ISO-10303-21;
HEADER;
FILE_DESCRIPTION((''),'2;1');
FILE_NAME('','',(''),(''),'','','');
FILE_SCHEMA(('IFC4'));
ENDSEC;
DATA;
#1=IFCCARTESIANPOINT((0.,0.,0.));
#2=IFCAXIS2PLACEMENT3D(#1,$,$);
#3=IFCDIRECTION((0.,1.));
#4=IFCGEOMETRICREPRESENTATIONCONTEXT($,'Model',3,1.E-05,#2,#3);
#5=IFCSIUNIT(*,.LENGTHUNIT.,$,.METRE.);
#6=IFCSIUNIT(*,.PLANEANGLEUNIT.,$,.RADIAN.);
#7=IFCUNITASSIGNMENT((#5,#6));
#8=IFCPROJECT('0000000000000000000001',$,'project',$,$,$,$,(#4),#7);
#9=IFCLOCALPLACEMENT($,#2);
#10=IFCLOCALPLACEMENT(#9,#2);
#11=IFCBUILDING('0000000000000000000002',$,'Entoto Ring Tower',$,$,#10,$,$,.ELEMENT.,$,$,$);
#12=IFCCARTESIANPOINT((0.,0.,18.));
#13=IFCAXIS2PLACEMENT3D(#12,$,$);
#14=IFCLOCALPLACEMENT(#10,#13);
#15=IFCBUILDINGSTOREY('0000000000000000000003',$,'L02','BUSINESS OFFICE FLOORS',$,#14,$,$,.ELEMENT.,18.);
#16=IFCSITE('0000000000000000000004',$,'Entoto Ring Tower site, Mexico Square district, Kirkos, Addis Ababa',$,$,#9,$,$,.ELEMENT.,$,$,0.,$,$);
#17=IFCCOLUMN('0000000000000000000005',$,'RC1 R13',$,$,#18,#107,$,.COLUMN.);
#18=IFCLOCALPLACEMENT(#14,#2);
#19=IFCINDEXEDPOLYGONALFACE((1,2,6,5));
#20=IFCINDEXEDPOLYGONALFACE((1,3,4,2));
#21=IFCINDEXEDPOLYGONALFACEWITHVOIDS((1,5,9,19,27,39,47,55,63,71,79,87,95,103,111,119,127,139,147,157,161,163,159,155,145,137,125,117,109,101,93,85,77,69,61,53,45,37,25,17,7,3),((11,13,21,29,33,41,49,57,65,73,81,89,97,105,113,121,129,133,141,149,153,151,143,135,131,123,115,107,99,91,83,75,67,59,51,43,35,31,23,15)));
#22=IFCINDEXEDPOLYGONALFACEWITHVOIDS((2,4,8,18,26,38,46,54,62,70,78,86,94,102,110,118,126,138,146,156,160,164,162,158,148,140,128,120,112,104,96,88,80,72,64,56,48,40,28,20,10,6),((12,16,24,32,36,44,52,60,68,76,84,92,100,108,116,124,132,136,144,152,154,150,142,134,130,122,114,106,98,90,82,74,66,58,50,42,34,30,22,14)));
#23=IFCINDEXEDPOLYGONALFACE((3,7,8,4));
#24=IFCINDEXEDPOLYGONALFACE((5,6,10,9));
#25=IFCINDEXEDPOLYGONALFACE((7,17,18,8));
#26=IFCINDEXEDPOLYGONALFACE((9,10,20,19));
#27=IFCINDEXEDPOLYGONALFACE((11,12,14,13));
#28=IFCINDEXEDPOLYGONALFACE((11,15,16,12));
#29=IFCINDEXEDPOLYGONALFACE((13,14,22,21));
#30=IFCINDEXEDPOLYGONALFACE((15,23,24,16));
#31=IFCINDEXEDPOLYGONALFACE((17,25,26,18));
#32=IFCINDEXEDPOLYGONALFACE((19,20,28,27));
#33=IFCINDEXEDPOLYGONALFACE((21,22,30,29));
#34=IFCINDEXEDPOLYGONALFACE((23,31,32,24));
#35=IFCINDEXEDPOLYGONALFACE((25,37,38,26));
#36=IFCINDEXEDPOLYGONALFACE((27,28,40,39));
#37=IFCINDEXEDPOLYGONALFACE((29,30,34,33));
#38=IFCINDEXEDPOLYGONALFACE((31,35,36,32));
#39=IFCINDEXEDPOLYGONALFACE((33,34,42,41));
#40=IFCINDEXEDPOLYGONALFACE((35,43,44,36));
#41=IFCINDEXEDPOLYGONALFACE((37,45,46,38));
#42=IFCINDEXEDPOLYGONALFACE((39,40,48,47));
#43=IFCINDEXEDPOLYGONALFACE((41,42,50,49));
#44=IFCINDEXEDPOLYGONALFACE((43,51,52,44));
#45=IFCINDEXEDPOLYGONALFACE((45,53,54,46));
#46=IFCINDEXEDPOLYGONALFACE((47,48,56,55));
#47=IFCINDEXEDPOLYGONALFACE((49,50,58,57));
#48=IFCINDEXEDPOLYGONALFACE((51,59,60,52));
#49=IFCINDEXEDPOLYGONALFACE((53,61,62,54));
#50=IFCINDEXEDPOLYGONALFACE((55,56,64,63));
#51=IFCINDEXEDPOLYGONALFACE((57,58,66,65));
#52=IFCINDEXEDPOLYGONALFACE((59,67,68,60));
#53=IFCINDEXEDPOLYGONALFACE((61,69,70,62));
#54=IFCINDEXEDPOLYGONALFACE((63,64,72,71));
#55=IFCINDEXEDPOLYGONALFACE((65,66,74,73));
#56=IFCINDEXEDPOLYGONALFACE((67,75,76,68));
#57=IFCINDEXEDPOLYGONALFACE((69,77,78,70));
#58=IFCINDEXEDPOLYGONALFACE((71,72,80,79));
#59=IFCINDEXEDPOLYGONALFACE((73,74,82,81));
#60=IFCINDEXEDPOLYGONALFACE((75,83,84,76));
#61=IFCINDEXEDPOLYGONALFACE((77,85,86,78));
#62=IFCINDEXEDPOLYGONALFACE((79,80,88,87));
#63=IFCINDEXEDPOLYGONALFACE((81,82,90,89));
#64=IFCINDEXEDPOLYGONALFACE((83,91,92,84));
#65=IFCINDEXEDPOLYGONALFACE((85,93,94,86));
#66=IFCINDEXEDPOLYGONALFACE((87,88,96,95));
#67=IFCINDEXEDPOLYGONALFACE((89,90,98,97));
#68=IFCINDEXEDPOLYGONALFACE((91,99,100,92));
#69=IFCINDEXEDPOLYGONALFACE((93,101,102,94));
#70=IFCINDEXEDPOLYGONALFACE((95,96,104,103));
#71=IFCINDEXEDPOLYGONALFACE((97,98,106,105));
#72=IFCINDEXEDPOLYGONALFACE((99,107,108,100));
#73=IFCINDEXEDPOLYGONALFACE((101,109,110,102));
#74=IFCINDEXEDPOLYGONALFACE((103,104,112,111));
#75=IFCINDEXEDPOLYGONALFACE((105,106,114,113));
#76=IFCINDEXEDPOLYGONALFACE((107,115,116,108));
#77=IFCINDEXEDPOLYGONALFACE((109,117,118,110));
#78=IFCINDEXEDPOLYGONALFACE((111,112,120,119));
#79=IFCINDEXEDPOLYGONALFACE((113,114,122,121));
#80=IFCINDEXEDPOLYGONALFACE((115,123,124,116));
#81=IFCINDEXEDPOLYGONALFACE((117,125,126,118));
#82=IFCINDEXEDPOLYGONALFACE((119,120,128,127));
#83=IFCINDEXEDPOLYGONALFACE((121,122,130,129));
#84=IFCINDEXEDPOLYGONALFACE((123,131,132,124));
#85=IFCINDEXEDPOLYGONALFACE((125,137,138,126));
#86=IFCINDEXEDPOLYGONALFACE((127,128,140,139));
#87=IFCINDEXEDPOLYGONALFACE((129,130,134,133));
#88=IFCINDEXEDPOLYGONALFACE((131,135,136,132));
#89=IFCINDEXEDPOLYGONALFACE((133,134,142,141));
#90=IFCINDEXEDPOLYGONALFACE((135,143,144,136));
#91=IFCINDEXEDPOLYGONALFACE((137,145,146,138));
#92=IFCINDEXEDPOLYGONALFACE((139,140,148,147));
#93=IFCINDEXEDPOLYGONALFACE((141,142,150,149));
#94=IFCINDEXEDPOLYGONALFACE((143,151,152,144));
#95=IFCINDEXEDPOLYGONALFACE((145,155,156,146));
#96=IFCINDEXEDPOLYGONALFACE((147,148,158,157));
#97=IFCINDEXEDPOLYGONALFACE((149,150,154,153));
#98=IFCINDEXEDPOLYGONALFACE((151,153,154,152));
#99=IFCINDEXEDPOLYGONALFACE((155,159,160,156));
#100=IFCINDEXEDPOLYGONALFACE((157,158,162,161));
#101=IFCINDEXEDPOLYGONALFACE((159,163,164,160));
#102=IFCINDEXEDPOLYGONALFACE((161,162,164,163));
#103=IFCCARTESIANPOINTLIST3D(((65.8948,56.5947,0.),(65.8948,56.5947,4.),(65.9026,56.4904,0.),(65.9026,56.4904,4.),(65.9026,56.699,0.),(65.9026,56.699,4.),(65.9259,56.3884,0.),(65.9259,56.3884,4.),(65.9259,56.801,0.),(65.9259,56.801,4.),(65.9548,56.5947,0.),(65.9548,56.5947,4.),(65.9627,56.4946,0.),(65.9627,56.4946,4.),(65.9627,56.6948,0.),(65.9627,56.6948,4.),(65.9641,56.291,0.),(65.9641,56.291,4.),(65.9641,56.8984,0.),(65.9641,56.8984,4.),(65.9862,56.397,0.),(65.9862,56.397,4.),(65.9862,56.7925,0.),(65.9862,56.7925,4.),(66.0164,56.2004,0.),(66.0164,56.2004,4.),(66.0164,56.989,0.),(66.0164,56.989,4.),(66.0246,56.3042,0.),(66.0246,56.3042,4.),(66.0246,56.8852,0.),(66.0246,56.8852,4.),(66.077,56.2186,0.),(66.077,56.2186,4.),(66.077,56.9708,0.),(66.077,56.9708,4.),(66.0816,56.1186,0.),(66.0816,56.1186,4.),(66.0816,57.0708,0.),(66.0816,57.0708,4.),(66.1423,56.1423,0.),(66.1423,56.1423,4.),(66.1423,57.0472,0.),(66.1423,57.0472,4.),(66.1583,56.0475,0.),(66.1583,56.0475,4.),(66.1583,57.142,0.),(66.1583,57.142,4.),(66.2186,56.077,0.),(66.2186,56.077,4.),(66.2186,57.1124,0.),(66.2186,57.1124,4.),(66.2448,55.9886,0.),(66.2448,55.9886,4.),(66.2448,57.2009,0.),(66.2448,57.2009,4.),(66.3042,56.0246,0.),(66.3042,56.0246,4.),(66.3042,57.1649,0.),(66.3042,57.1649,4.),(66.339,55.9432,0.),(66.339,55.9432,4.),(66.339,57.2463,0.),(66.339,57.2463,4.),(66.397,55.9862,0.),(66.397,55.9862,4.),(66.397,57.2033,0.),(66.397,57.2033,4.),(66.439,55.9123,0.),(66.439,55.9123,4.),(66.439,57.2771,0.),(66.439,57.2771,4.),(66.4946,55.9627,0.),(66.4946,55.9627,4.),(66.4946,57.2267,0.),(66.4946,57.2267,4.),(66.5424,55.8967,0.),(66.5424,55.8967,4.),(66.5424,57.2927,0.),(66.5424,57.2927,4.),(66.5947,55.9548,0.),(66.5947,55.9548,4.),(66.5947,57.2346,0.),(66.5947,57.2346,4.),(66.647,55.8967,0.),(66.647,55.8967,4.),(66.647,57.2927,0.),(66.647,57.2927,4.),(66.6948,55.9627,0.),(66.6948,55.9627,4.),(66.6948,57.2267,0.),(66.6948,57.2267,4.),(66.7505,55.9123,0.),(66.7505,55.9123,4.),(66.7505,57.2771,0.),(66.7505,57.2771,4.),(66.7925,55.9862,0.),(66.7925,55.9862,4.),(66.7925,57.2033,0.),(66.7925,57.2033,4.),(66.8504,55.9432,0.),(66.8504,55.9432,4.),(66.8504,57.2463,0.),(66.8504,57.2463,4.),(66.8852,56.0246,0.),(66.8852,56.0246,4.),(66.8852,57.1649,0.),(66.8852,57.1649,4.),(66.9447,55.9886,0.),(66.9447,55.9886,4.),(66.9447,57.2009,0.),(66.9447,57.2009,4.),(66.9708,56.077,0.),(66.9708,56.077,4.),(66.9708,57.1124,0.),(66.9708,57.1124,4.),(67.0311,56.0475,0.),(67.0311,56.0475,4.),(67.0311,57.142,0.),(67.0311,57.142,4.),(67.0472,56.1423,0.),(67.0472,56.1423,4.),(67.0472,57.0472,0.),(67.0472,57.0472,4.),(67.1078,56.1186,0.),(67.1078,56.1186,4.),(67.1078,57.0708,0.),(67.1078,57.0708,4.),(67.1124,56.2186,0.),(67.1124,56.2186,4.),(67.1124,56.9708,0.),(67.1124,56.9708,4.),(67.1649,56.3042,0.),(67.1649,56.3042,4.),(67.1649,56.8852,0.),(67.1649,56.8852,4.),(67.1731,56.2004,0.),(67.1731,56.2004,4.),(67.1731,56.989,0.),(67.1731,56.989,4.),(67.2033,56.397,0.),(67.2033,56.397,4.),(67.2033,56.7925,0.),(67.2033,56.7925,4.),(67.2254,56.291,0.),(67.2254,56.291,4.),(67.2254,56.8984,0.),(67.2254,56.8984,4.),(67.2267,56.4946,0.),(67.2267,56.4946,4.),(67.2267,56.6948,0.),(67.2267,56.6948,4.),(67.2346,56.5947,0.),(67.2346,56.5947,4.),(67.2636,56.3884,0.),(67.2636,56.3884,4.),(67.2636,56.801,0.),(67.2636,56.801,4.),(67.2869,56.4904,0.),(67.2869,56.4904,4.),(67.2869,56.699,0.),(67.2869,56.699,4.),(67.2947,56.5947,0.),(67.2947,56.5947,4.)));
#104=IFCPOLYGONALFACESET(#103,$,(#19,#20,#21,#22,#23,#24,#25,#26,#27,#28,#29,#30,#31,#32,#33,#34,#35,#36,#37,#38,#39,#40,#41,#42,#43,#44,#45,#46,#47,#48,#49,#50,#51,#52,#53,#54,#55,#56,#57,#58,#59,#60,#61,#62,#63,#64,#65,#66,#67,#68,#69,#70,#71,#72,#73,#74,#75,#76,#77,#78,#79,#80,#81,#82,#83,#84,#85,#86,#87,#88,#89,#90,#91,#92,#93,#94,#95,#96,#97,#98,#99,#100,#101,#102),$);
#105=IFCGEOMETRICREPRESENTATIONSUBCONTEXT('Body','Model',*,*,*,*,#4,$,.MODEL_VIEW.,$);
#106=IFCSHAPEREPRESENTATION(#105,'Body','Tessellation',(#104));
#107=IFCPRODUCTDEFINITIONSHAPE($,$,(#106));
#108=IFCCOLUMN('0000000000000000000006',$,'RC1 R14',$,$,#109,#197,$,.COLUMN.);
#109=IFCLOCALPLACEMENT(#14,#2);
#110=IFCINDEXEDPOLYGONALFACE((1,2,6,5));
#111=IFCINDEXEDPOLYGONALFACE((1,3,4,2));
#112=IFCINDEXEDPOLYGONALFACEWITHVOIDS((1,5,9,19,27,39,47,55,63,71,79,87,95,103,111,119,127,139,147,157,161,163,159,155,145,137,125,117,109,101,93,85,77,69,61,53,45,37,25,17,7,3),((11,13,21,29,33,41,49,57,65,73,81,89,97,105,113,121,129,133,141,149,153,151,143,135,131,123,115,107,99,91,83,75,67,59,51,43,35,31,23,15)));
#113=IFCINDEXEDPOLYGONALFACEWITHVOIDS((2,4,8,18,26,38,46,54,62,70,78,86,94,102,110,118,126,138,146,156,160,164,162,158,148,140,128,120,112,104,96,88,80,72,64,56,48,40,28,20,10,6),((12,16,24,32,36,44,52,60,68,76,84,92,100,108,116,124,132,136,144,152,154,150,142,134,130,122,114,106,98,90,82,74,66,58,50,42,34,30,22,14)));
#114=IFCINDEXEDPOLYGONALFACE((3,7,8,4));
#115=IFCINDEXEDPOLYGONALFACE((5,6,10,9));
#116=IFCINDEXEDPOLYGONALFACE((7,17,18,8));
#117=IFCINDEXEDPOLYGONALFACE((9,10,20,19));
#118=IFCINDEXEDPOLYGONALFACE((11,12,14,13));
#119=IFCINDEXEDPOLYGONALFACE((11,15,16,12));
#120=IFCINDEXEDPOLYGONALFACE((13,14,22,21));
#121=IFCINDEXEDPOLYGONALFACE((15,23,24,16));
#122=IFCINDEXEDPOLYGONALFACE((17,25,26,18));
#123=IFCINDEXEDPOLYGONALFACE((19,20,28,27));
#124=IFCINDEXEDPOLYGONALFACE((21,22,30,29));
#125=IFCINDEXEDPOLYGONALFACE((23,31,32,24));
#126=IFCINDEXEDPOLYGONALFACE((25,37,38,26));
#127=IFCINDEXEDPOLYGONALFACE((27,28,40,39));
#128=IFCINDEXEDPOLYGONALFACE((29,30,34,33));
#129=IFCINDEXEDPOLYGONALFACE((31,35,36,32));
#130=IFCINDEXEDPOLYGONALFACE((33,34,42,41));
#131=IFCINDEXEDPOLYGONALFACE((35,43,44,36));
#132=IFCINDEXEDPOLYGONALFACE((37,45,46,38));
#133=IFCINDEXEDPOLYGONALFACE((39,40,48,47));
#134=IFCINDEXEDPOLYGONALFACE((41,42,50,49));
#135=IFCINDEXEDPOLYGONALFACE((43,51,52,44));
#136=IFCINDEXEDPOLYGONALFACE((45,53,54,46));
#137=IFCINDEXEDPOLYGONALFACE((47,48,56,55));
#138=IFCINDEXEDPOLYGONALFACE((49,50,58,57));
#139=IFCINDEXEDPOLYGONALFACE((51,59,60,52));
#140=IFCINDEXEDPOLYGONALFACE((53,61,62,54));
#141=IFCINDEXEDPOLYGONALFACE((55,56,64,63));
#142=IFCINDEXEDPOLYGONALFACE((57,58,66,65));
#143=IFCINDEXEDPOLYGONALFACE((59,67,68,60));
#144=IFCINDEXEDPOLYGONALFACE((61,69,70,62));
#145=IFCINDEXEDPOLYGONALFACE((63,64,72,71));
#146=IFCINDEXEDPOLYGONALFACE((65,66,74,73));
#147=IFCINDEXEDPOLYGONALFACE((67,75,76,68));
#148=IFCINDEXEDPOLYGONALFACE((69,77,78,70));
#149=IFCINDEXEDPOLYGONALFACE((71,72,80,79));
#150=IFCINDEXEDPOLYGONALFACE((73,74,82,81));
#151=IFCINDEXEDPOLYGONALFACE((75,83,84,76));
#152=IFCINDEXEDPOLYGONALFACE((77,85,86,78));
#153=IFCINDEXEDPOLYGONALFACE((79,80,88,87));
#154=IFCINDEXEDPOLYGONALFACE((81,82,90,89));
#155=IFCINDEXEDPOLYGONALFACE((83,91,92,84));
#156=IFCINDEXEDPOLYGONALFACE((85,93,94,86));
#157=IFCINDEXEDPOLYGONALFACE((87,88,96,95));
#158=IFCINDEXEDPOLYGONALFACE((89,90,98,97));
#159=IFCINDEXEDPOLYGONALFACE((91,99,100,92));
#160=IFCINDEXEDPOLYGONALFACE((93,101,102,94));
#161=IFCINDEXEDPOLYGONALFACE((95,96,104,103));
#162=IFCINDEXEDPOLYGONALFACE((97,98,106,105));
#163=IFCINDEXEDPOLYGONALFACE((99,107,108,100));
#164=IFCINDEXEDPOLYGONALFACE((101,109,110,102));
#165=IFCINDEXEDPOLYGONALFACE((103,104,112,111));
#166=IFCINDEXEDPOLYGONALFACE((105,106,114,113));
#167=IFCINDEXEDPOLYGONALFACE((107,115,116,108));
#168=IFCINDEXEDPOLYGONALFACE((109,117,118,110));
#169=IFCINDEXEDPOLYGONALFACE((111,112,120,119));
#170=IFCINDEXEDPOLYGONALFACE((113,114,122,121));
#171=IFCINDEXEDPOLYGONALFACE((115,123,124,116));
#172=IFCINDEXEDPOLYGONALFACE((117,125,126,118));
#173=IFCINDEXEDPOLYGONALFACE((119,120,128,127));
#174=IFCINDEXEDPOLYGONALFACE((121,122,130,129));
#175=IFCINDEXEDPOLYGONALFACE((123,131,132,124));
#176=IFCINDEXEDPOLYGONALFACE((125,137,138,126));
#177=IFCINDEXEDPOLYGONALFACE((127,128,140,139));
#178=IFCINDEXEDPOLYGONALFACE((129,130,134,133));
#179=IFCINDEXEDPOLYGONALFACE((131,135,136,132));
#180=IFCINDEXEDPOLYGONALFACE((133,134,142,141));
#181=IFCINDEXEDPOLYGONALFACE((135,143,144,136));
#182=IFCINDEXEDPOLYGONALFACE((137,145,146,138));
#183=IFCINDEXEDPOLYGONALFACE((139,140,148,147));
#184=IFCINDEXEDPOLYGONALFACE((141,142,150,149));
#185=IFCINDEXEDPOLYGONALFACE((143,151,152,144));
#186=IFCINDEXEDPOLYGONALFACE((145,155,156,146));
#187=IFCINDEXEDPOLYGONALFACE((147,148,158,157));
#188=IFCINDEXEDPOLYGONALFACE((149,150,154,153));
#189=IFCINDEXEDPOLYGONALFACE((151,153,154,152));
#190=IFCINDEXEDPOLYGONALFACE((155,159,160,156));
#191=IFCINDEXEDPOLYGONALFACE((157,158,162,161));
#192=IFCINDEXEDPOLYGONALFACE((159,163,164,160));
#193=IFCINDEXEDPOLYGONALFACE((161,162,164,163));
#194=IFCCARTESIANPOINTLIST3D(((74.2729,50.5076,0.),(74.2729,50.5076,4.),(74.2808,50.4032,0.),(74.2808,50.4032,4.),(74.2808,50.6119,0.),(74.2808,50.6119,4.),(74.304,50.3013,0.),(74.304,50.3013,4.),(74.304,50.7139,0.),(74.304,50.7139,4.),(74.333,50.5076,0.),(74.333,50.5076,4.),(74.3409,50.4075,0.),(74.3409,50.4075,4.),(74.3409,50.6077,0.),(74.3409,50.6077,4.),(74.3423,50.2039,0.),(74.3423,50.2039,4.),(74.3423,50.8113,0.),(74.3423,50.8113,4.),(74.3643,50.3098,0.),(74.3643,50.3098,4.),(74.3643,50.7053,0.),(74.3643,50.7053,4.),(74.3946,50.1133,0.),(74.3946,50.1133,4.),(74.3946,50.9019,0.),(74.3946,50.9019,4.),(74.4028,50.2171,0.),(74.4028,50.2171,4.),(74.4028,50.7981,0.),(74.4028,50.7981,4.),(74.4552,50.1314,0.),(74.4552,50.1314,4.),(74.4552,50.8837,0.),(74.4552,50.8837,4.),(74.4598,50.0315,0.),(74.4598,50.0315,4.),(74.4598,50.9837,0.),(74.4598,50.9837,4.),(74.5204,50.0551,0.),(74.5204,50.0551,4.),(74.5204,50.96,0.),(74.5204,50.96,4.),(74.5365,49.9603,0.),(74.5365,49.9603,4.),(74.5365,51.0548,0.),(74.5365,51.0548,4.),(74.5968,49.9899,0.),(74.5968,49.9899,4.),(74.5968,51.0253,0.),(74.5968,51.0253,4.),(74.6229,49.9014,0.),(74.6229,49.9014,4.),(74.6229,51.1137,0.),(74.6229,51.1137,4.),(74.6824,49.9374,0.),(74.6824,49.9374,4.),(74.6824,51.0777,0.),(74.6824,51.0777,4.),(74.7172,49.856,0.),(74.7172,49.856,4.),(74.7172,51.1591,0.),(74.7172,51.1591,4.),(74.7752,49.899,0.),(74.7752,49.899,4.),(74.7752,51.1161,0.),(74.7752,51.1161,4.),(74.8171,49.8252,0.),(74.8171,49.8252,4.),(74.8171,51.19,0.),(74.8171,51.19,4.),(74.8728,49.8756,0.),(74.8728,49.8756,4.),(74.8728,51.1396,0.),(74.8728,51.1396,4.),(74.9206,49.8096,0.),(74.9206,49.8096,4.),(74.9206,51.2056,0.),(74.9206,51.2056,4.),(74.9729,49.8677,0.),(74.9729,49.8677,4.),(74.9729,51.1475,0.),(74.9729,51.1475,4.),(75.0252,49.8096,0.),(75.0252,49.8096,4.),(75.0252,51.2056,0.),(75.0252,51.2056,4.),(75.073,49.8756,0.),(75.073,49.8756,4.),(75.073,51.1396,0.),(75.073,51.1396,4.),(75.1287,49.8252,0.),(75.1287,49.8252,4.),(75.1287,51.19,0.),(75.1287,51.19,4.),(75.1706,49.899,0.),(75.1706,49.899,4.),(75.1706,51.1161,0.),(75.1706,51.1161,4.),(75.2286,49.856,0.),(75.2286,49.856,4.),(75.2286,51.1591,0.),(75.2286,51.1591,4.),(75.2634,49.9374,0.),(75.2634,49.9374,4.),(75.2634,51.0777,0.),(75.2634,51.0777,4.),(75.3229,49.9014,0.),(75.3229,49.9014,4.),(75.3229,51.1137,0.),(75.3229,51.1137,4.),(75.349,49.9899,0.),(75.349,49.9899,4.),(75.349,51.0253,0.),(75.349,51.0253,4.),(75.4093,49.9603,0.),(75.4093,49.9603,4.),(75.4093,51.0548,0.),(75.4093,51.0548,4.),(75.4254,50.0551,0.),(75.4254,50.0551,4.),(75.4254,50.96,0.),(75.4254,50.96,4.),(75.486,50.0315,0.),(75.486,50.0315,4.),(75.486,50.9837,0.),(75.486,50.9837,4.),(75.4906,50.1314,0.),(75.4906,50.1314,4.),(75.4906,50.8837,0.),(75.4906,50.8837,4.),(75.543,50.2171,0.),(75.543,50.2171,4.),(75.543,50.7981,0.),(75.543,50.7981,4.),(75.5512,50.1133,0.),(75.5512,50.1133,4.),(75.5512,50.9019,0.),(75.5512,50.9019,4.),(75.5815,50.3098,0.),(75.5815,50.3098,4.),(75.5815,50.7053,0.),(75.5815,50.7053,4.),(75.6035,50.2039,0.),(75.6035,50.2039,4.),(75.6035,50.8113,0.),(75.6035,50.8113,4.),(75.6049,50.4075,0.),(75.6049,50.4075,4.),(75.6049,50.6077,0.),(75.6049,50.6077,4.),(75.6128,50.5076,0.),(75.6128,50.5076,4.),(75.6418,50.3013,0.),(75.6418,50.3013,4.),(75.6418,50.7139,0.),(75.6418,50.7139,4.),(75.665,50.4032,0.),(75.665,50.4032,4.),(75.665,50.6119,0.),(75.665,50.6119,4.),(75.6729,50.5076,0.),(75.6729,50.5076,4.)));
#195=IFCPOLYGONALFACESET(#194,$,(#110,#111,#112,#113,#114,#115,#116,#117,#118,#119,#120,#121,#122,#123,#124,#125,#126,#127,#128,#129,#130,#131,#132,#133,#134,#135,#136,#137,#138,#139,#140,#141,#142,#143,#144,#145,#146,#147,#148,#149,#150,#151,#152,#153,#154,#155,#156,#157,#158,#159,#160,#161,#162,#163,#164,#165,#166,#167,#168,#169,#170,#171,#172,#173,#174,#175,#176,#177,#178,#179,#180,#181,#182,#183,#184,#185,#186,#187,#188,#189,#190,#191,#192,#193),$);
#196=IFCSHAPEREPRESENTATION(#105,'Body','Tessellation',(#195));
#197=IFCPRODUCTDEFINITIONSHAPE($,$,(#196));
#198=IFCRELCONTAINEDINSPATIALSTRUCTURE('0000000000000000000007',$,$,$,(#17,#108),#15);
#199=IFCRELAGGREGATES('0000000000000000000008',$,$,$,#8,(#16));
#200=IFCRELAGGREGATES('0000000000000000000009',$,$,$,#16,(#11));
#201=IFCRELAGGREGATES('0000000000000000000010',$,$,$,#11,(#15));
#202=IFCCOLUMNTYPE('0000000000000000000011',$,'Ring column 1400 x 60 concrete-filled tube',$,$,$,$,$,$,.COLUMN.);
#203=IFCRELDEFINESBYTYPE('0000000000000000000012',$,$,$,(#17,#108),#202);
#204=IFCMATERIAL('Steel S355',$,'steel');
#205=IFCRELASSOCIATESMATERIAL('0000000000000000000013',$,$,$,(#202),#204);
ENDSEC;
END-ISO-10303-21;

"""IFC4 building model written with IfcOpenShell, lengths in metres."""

from ifc_helpers import new_model, si_unit, direction, frame, origin, origin_2d, place, context, subcontext, project, spatial, circle, hollow_circle, extrude, material, material_profile, profile_set, type_object, element, save


model = new_model("IFC4")

# Units and contexts
model_context = context("Model", 3, precision=1e-05, world=origin(), true_north=direction((0.0, 1.0)))
body_context = subcontext(model_context, "Body", "Model", "MODEL_VIEW")
ifc_project = project(units=[si_unit("LENGTHUNIT", "METRE"), si_unit("PLANEANGLEUNIT", "RADIAN")], contexts=[model_context])

# Site, building, storey
site_placement = place(None, origin())
site = spatial("IfcSite", under=ifc_project, at=site_placement, Name="Entoto Ring Tower site, Mexico Square district, Kirkos, Addis Ababa", CompositionType="ELEMENT", RefElevation=0.0)
building_placement = place(site_placement, origin())
building = spatial("IfcBuilding", under=site, at=building_placement, Name="Entoto Ring Tower", CompositionType="ELEMENT")
storey_placement = place(building_placement, frame((0.0, 0.0, 18.0)))
storey = spatial("IfcBuildingStorey", under=building, at=storey_placement, Name="L02", Description="BUSINESS OFFICE FLOORS", CompositionType="ELEMENT", Elevation=18.0)

# Columns
ifc_material_1 = material(Name="Steel S355", Category="steel")
ifc_material_profile_1 = material_profile(ifc_material_1, hollow_circle(Radius=0.7, WallThickness=0.0601, at=origin_2d()), Name="CHS 1400 x 60")
ifc_material_2 = material(Name="Concrete C60/75", Category="concrete")
ifc_material_profile_2 = material_profile(ifc_material_2, circle(Radius=0.6399, at=origin_2d()), Name="Concrete C60/75 infill")
ifc_profile_set_1 = profile_set([ifc_material_profile_1, ifc_material_profile_2], Name="Steel S355")
column_type = type_object("IfcColumnType", Name="Ring column 1400 x 60 concrete-filled tube", PredefinedType="COLUMN", material=ifc_profile_set_1)
for number, where, z_axis, x_axis, name in (
    (1, (66.5947, 56.5947, 0.0), (0.0, 0.0, 1.0), (1.0, 0.0, 0.0), "RC1 R13"),
    (2, (74.9729, 50.5076, 0.0), (0.0, 0.0, 1.0), (1.0, 0.0, 0.0), "RC1 R14"),
):
    element("IfcColumn", number, at=place(storey_placement, frame(where, z_axis=z_axis, x_axis=x_axis)), inside=storey, type_object=column_type, Name=name, PredefinedType="COLUMN", context=body_context, shape_type="SweptSolid", body=[
        extrude(hollow_circle(Radius=0.7, WallThickness=0.0601, at=origin_2d()), origin(), (0.0, 0.0, 1.0), 4.0),
    ])

save(model, "model.ifc")
